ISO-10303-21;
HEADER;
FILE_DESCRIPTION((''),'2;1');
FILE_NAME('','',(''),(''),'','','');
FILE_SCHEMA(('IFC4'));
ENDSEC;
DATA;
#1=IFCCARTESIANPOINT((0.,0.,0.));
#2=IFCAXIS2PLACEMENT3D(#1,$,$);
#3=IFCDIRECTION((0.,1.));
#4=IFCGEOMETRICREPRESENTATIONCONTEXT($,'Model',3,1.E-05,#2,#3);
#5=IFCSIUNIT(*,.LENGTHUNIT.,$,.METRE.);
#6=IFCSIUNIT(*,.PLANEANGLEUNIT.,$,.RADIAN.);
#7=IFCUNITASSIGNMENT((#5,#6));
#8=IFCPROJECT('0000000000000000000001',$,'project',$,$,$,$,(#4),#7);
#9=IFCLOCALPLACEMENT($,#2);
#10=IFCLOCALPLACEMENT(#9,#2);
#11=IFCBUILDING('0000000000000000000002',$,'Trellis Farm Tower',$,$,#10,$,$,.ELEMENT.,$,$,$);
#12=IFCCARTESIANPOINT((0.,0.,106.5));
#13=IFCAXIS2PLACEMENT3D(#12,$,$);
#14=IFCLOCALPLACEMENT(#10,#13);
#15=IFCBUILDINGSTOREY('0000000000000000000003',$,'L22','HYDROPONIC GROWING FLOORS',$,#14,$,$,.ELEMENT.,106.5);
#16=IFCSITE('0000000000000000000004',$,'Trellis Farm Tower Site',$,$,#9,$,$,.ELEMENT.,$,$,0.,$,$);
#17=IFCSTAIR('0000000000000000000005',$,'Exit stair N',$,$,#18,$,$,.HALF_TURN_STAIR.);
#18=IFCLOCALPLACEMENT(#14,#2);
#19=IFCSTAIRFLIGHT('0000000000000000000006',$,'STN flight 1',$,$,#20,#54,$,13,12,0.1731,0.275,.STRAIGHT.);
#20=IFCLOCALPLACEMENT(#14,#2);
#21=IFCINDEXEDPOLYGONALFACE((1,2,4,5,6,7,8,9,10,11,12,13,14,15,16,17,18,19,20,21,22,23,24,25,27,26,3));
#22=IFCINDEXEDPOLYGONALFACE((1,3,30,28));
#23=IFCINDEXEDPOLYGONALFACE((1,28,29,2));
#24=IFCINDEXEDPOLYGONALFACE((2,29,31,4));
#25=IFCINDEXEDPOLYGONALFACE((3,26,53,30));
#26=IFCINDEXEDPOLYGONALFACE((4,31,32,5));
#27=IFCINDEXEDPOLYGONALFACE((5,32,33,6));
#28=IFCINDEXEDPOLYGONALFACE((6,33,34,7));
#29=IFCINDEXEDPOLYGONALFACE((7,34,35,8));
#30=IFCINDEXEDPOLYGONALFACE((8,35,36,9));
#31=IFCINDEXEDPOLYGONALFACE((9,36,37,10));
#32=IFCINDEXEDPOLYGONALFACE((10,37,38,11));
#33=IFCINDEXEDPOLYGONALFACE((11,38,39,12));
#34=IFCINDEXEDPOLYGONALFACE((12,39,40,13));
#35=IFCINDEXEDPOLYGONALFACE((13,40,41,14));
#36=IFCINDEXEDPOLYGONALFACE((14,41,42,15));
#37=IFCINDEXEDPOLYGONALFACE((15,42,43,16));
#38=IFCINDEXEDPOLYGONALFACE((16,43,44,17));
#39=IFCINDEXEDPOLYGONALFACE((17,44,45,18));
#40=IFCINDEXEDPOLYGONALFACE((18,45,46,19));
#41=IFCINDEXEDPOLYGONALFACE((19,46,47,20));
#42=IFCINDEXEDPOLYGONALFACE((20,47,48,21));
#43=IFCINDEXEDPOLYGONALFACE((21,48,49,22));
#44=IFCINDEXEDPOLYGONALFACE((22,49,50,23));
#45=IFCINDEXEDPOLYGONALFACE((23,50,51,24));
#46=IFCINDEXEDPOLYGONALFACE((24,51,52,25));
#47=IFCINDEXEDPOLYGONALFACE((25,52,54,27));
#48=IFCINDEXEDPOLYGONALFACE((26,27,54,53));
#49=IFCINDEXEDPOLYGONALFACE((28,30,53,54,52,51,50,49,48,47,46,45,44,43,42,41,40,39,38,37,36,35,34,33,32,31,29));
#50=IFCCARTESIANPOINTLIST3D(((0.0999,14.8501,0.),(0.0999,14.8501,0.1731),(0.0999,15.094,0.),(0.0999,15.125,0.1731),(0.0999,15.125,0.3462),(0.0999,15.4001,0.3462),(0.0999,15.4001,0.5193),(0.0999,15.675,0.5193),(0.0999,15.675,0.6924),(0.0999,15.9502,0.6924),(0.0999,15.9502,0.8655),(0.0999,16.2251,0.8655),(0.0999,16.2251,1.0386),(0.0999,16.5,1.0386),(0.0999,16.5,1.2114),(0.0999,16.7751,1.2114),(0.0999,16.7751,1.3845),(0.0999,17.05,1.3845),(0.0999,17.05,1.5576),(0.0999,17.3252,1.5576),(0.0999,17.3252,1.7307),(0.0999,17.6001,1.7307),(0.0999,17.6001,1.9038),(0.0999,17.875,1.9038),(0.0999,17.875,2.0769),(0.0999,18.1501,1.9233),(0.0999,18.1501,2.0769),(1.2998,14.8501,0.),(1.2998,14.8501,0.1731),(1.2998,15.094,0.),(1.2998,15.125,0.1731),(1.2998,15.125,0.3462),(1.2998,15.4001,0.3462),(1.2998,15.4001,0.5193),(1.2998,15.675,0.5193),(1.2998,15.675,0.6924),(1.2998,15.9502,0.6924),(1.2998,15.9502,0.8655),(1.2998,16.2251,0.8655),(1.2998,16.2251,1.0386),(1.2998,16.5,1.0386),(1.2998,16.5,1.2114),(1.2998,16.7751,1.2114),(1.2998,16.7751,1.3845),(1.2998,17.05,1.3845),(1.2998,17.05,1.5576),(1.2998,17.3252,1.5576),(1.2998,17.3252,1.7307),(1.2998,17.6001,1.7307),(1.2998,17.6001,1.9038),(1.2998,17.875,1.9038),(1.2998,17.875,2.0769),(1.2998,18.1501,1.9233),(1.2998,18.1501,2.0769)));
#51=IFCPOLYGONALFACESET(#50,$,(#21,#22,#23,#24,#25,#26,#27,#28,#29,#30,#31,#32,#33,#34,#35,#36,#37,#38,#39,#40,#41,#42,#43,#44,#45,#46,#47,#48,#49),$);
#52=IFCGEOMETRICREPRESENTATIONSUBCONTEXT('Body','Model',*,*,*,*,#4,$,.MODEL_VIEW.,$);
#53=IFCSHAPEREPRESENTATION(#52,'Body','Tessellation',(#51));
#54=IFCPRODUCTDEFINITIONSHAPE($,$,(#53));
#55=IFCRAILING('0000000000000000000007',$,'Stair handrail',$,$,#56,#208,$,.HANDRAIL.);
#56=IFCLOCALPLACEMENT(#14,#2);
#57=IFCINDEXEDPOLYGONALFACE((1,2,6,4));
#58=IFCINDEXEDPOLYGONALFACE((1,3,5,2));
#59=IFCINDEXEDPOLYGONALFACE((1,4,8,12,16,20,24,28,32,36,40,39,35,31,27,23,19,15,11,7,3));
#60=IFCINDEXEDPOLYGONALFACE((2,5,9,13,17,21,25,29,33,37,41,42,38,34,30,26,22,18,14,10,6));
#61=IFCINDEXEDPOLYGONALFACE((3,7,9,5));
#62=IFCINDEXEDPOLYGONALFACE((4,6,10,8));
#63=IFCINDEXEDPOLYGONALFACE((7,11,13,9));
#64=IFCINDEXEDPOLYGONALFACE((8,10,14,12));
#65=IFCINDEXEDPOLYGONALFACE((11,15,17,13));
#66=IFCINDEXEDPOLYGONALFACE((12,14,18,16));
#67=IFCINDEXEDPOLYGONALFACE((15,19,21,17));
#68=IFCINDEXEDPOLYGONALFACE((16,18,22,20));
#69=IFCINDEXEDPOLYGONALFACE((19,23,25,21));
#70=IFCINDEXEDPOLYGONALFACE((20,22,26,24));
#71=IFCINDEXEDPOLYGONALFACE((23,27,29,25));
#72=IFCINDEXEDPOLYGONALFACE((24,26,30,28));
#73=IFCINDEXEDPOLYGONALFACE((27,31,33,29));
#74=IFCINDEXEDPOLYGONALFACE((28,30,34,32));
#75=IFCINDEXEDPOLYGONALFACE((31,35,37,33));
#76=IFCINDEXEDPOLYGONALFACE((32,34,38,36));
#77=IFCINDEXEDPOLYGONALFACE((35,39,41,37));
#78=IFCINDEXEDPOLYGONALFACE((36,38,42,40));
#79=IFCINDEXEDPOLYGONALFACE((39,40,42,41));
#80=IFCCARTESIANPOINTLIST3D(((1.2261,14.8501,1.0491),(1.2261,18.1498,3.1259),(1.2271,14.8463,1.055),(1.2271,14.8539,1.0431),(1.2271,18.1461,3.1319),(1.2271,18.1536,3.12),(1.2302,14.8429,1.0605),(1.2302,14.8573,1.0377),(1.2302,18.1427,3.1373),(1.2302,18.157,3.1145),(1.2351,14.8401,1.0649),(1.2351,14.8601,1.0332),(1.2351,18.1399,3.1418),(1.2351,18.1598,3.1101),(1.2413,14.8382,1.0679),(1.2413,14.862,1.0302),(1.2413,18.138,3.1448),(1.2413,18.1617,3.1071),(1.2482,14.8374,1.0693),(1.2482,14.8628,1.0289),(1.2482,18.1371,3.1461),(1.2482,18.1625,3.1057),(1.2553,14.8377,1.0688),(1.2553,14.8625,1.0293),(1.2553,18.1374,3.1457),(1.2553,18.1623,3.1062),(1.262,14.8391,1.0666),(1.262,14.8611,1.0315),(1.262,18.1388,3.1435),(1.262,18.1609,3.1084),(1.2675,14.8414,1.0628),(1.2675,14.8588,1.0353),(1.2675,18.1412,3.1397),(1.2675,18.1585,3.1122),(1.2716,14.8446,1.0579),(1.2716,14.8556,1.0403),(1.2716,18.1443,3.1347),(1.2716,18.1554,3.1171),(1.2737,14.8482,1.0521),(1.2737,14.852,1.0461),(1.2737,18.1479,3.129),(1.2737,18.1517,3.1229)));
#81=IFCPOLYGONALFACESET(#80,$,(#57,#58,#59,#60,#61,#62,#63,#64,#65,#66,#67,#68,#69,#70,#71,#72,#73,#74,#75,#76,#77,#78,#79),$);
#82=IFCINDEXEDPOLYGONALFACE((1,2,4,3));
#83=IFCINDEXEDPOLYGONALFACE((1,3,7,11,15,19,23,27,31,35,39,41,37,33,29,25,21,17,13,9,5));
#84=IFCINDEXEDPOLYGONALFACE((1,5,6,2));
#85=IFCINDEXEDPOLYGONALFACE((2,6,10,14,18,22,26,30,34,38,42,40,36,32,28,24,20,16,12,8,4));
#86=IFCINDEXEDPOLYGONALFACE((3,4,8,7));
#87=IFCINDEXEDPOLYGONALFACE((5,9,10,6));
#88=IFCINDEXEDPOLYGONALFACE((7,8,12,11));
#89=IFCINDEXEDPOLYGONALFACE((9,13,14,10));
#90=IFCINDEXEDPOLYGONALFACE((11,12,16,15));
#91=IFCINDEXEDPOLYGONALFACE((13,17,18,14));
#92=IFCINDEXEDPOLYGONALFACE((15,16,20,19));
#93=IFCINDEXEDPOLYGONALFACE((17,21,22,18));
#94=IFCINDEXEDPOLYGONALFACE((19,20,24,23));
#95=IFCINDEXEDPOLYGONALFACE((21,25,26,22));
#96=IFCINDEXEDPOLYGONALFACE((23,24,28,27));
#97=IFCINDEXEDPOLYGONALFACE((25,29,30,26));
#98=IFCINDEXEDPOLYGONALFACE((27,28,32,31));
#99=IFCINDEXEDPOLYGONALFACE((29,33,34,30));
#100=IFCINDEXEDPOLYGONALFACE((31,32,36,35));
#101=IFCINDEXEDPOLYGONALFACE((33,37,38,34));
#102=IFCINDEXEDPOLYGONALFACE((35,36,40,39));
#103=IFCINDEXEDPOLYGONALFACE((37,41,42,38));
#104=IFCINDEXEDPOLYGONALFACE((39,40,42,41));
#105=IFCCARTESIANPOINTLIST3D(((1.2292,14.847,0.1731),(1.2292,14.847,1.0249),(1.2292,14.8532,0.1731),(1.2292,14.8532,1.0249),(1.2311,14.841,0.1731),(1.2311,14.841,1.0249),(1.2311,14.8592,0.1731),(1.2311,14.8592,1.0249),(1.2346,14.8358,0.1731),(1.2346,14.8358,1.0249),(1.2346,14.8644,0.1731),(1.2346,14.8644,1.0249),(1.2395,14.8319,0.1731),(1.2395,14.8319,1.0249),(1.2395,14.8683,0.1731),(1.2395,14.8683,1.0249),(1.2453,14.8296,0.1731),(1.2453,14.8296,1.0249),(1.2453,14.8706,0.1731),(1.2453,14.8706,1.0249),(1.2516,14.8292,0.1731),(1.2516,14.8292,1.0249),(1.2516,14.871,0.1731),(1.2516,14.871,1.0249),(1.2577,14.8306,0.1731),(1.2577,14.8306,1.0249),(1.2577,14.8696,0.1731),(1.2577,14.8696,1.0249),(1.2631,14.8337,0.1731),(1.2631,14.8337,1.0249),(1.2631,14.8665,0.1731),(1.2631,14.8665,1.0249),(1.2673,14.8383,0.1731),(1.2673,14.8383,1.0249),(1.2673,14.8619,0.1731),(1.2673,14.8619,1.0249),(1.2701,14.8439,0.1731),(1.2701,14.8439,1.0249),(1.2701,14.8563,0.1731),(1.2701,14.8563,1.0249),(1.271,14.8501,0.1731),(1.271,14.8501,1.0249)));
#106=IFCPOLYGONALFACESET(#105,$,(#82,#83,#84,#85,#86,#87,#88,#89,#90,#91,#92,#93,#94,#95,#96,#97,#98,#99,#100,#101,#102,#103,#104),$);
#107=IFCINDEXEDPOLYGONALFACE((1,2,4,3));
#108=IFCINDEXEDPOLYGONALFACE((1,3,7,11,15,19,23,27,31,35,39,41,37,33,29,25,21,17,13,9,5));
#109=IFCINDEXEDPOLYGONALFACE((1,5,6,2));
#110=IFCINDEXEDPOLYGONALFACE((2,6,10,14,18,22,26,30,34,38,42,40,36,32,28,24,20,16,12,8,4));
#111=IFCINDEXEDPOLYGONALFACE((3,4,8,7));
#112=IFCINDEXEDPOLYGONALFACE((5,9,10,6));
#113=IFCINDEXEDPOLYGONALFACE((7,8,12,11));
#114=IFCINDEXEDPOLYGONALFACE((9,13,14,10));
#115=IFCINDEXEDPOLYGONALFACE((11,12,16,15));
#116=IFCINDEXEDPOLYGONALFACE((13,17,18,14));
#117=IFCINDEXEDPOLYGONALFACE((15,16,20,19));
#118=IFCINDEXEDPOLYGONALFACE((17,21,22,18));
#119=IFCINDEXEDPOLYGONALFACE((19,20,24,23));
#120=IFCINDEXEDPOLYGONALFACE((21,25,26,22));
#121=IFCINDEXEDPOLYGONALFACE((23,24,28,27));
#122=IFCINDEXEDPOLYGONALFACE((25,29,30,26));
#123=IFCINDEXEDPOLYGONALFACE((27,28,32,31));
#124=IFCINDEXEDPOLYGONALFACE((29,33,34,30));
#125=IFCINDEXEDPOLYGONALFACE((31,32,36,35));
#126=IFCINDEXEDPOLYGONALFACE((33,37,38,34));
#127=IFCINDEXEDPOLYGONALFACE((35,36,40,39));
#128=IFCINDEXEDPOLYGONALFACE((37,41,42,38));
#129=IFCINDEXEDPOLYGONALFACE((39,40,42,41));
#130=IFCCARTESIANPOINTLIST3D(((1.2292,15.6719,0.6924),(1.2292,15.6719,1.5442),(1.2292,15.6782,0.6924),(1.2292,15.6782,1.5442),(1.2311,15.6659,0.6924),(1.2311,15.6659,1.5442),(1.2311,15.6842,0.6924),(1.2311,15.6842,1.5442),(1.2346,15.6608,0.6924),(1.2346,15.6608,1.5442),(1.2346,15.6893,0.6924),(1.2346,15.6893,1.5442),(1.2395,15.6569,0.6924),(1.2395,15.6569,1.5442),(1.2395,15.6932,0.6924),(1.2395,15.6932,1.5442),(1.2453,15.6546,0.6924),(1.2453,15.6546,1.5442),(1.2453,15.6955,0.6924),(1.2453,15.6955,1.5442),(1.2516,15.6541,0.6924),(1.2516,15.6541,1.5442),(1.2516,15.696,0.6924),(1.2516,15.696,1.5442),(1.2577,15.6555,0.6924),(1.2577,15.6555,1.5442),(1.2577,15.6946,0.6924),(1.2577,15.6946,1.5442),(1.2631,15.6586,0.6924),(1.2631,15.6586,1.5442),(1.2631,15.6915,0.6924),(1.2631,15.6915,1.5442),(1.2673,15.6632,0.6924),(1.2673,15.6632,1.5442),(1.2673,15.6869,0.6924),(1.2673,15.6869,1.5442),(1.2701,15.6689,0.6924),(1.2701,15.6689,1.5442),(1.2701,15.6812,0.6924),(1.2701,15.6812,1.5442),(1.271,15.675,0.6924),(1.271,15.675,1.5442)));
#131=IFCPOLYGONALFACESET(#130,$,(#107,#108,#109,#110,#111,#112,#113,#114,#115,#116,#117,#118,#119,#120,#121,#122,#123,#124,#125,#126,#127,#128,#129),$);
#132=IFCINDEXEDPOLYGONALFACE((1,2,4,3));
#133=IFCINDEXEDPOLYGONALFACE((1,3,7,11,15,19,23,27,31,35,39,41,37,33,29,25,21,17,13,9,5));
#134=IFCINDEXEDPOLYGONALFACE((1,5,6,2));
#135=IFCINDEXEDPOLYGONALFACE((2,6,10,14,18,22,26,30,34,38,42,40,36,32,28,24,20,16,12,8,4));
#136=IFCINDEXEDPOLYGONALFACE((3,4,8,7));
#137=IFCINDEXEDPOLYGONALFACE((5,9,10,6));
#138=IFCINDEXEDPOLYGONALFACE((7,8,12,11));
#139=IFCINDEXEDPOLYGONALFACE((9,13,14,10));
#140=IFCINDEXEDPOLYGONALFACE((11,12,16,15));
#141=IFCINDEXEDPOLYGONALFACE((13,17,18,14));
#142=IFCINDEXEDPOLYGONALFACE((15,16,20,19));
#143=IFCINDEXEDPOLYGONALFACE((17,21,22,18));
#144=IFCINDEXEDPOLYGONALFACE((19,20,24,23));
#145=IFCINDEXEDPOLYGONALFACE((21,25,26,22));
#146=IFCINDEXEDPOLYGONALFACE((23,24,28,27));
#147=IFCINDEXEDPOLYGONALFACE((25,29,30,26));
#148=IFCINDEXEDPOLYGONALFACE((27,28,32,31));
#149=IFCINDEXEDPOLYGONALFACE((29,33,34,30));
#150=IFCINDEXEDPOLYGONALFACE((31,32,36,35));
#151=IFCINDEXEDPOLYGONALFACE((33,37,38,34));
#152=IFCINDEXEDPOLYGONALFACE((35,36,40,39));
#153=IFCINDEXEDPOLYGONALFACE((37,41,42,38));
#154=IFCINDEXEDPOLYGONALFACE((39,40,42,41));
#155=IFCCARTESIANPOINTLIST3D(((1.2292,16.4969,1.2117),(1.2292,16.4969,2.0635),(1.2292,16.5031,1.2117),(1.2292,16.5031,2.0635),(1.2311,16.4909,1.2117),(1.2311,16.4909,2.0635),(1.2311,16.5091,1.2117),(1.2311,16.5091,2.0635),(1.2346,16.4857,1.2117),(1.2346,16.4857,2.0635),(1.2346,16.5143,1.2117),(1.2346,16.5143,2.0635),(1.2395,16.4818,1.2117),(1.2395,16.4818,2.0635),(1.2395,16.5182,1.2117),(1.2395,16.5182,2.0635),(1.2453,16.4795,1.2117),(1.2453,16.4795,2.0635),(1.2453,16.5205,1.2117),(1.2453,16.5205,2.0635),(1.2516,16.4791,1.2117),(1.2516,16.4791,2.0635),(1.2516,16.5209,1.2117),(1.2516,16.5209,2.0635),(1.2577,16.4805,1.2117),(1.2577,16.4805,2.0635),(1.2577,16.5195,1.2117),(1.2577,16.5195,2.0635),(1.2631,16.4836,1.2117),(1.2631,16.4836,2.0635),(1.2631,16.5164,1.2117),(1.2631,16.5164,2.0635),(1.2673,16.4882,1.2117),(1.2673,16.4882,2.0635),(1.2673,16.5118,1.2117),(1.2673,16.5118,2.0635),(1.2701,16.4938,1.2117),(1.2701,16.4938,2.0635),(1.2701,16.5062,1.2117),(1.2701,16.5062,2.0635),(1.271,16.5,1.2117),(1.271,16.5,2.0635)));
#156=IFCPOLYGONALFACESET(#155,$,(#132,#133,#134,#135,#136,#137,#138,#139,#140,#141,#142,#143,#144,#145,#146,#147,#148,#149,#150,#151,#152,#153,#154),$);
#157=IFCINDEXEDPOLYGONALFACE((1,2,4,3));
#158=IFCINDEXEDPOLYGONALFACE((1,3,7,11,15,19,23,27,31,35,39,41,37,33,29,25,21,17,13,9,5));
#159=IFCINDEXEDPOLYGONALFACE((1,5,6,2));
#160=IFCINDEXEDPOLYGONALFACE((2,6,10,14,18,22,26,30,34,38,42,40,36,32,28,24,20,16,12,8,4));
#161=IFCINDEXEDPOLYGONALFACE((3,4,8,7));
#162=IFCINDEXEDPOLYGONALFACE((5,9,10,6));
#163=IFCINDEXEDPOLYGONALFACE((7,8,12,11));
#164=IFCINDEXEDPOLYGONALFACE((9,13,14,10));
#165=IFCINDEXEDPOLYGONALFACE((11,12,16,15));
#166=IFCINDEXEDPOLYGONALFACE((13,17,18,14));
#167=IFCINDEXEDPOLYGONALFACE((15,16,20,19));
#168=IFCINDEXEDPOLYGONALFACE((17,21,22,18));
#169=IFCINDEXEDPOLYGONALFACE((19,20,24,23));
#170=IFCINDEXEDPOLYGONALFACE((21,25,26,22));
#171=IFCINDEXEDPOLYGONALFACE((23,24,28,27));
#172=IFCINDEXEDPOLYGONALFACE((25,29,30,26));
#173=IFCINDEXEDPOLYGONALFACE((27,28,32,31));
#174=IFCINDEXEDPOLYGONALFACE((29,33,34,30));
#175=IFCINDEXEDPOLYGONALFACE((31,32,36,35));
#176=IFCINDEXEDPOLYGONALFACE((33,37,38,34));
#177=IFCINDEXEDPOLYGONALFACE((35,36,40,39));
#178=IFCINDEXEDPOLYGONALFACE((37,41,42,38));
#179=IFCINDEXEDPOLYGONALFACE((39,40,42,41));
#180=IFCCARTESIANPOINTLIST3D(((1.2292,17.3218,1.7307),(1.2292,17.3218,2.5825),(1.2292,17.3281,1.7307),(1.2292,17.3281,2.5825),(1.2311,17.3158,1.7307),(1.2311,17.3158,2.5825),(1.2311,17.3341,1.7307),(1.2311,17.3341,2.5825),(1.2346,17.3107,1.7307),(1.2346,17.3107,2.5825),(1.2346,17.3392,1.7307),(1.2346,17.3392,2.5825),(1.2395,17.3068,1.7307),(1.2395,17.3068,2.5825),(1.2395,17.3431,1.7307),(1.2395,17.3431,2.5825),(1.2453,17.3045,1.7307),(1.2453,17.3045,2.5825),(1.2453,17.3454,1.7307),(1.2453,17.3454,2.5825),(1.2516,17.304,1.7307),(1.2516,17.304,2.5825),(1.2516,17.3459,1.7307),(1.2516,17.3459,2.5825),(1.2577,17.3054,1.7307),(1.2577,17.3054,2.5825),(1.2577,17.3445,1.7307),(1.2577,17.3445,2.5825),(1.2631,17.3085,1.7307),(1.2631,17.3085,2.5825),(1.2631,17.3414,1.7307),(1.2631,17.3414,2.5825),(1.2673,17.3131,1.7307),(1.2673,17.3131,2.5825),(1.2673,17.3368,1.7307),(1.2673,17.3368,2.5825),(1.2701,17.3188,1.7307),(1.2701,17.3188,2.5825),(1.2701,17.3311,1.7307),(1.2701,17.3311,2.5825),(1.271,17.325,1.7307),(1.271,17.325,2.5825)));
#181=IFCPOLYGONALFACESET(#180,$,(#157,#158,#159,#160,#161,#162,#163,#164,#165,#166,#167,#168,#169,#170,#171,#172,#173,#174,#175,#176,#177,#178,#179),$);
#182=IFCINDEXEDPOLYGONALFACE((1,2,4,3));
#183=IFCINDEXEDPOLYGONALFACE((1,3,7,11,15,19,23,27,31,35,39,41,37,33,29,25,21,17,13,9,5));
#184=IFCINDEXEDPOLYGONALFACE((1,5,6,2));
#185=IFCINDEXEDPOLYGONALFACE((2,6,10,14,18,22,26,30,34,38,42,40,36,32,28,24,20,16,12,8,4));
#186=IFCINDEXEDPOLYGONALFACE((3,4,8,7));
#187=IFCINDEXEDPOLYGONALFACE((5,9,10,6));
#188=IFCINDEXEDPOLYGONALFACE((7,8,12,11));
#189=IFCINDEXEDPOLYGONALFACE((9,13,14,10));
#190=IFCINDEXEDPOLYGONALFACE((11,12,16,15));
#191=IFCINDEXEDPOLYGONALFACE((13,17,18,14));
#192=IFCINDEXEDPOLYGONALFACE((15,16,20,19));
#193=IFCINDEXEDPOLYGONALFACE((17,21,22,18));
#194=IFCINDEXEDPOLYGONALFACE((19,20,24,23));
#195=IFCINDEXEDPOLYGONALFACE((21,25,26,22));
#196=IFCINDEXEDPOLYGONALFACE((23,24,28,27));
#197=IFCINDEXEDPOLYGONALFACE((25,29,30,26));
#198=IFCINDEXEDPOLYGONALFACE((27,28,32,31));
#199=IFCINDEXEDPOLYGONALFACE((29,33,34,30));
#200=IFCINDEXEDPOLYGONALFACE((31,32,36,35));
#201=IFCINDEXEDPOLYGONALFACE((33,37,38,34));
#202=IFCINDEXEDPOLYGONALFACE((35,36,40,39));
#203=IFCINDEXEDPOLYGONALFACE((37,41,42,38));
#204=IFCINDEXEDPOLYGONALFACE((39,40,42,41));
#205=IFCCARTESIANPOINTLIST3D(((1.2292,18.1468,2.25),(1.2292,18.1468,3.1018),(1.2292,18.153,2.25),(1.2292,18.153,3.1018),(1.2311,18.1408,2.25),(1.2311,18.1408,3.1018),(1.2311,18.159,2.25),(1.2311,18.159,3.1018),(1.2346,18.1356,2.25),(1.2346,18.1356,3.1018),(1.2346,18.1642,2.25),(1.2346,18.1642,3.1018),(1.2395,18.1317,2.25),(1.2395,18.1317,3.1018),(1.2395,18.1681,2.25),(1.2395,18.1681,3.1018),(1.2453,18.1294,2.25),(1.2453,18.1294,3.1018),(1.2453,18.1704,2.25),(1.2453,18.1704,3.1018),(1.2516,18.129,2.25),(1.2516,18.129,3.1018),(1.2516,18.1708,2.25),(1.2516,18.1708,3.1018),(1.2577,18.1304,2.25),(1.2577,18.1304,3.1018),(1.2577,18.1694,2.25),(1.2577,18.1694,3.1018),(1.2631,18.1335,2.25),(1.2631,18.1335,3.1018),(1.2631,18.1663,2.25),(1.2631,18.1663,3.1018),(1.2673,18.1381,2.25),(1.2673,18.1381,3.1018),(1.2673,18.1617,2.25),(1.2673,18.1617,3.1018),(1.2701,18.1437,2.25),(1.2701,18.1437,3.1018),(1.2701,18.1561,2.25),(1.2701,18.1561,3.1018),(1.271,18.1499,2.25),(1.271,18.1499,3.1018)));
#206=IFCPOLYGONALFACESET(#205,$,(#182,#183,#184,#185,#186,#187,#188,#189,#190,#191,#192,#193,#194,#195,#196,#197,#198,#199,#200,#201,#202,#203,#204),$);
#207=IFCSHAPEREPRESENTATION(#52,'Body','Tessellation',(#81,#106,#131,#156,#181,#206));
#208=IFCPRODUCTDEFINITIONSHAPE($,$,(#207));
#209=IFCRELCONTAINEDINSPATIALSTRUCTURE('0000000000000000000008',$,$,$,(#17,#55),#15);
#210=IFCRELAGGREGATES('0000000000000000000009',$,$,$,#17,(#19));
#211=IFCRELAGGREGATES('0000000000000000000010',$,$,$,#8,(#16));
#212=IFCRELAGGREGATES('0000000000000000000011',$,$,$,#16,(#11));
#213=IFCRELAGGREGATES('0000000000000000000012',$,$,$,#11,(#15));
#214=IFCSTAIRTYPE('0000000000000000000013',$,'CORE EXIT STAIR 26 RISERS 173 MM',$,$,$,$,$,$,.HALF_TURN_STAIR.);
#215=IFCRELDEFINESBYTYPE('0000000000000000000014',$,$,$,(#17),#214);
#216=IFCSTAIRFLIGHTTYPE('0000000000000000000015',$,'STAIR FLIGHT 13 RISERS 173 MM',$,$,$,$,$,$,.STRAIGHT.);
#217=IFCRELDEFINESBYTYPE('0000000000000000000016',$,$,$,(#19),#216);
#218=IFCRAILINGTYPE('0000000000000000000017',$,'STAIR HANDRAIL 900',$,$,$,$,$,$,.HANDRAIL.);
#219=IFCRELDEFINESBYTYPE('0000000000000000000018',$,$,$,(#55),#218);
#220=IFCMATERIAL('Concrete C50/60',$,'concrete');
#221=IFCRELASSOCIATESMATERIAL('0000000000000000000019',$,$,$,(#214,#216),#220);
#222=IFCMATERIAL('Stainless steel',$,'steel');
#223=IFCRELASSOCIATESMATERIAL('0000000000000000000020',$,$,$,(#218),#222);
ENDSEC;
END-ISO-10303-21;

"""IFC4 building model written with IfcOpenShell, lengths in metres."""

from ifc_helpers import new_model, si_unit, direction, frame, origin, origin_2d, place, context, subcontext, project, spatial, polyline, circle, outline, extrude, source, transform, mapped, material, type_object, element, aggregate, save


model = new_model("IFC4")

# Units and contexts
model_context = context("Model", 3, precision=1e-05, world=origin(), true_north=direction((0.0, 1.0)))
body_context = subcontext(model_context, "Body", "Model", "MODEL_VIEW")
ifc_project = project(units=[si_unit("LENGTHUNIT", "METRE"), si_unit("PLANEANGLEUNIT", "RADIAN")], contexts=[model_context])

# Site, building, storey
site_placement = place(None, origin())
site = spatial("IfcSite", under=ifc_project, at=site_placement, Name="Trellis Farm Tower Site", CompositionType="ELEMENT", RefElevation=0.0)
building_placement = place(site_placement, origin())
building = spatial("IfcBuilding", under=site, at=building_placement, Name="Trellis Farm Tower", CompositionType="ELEMENT")
storey_placement = place(building_placement, frame((0.0, 0.0, 106.5)))
storey = spatial("IfcBuildingStorey", under=building, at=storey_placement, Name="L22", Description="HYDROPONIC GROWING FLOORS", CompositionType="ELEMENT", Elevation=106.5)

# Shared definitions
placement = place(storey_placement, origin())

# Stair, stair flight
ifc_material_1 = material(Name="Concrete C50/60", Category="concrete")
stair_type = type_object("IfcStairType", Name="CORE EXIT STAIR 26 RISERS 173 MM", PredefinedType="HALF_TURN_STAIR", material=ifc_material_1)
stair = element("IfcStair", 1, at=placement, inside=storey, type_object=stair_type, Name="Exit stair N", PredefinedType="HALF_TURN_STAIR")
stair_flight_type = type_object("IfcStairFlightType", Name="STAIR FLIGHT 13 RISERS 173 MM", PredefinedType="STRAIGHT", material=ifc_material_1)
shared_shape_1 = source(origin(), body_context, "Body", "SweptSolid", [
    extrude(outline(polyline([(0.0, 0.0), (0.0, 0.1731), (0.2749, 0.1731), (0.2749, 0.3462), (0.55, 0.3462), (0.55, 0.5193), (0.825, 0.5193), (0.825, 0.6924), (1.1001, 0.6924), (1.1001, 0.8655), (1.375, 0.8655), (1.375, 1.0386), (1.6499, 1.0386), (1.6499, 1.2114), (1.925, 1.2114), (1.925, 1.3845), (2.2, 1.3845), (2.2, 1.5576), (2.4751, 1.5576), (2.4751, 1.7307), (2.75, 1.7307), (2.75, 1.9038), (3.0249, 1.9038), (3.0249, 2.0769), (3.3, 2.0769), (3.3, 2.25), (3.3, 1.9233), (0.2439, 0.0), (0.0, 0.0)])), frame((0.0, 0.6001, 0.0), z_axis=(0.0, -1.0, 0.0), x_axis=(1.0, 0.0, 0.0)), (0.0, 0.0, 1.0), 1.2),
])
stair_flight_placement = place(storey_placement, frame((0.7, 14.8501, 0.0), z_axis=(0.0, 0.0, 1.0), x_axis=(0.0, 1.0, 0.0)))
stair_flight = element("IfcStairFlight", 2, at=stair_flight_placement, type_object=stair_flight_type, Name="STN flight 1", NumberOfRisers=13, NumberOfTreads=12, PredefinedType="STRAIGHT", RiserHeight=0.1731, TreadLength=0.275, context=body_context, shape_type="MappedRepresentation", body=[
    mapped(shared_shape_1, transform((0.0, 0.0, 0.0))),
])
aggregate(stair, [stair_flight])

# Railing
ifc_material_2 = material(Name="Stainless steel", Category="steel")
railing_type = type_object("IfcRailingType", Name="STAIR HANDRAIL 900", PredefinedType="HANDRAIL", material=ifc_material_2)
shared_shape_2 = source(origin(), body_context, "Body", "SweptSolid", [
    extrude(circle(Radius=0.0239, at=origin_2d()), frame((0.0, 0.0, 0.876), z_axis=(0.0, 0.84632, 0.532675), x_axis=(-1.0, 0.0, 0.0)), (0.0, 0.0, 1.0), 3.8989),
    extrude(circle(Radius=0.021, at=origin_2d()), origin(), (0.0, 0.0, 1.0), 0.8518),
    extrude(circle(Radius=0.021, at=origin_2d()), frame((0.0, 0.825, 0.5193)), (0.0, 0.0, 1.0), 0.8518),
    extrude(circle(Radius=0.021, at=origin_2d()), frame((0.0, 1.6499, 1.0386)), (0.0, 0.0, 1.0), 0.8518),
    extrude(circle(Radius=0.021, at=origin_2d()), frame((0.0, 2.4749, 1.5576)), (0.0, 0.0, 1.0), 0.8518),
    extrude(circle(Radius=0.021, at=origin_2d()), frame((0.0, 3.2998, 2.0769)), (0.0, 0.0, 1.0), 0.8518),
])
railing_placement = place(storey_placement, frame((1.25, 14.8501, 0.1731)))
element("IfcRailing", 3, at=railing_placement, inside=storey, type_object=railing_type, Name="Stair handrail", PredefinedType="HANDRAIL", context=body_context, shape_type="MappedRepresentation", body=[
    mapped(shared_shape_2, transform((0.0, 0.0, 0.0))),
])

save(model, "model.ifc")
